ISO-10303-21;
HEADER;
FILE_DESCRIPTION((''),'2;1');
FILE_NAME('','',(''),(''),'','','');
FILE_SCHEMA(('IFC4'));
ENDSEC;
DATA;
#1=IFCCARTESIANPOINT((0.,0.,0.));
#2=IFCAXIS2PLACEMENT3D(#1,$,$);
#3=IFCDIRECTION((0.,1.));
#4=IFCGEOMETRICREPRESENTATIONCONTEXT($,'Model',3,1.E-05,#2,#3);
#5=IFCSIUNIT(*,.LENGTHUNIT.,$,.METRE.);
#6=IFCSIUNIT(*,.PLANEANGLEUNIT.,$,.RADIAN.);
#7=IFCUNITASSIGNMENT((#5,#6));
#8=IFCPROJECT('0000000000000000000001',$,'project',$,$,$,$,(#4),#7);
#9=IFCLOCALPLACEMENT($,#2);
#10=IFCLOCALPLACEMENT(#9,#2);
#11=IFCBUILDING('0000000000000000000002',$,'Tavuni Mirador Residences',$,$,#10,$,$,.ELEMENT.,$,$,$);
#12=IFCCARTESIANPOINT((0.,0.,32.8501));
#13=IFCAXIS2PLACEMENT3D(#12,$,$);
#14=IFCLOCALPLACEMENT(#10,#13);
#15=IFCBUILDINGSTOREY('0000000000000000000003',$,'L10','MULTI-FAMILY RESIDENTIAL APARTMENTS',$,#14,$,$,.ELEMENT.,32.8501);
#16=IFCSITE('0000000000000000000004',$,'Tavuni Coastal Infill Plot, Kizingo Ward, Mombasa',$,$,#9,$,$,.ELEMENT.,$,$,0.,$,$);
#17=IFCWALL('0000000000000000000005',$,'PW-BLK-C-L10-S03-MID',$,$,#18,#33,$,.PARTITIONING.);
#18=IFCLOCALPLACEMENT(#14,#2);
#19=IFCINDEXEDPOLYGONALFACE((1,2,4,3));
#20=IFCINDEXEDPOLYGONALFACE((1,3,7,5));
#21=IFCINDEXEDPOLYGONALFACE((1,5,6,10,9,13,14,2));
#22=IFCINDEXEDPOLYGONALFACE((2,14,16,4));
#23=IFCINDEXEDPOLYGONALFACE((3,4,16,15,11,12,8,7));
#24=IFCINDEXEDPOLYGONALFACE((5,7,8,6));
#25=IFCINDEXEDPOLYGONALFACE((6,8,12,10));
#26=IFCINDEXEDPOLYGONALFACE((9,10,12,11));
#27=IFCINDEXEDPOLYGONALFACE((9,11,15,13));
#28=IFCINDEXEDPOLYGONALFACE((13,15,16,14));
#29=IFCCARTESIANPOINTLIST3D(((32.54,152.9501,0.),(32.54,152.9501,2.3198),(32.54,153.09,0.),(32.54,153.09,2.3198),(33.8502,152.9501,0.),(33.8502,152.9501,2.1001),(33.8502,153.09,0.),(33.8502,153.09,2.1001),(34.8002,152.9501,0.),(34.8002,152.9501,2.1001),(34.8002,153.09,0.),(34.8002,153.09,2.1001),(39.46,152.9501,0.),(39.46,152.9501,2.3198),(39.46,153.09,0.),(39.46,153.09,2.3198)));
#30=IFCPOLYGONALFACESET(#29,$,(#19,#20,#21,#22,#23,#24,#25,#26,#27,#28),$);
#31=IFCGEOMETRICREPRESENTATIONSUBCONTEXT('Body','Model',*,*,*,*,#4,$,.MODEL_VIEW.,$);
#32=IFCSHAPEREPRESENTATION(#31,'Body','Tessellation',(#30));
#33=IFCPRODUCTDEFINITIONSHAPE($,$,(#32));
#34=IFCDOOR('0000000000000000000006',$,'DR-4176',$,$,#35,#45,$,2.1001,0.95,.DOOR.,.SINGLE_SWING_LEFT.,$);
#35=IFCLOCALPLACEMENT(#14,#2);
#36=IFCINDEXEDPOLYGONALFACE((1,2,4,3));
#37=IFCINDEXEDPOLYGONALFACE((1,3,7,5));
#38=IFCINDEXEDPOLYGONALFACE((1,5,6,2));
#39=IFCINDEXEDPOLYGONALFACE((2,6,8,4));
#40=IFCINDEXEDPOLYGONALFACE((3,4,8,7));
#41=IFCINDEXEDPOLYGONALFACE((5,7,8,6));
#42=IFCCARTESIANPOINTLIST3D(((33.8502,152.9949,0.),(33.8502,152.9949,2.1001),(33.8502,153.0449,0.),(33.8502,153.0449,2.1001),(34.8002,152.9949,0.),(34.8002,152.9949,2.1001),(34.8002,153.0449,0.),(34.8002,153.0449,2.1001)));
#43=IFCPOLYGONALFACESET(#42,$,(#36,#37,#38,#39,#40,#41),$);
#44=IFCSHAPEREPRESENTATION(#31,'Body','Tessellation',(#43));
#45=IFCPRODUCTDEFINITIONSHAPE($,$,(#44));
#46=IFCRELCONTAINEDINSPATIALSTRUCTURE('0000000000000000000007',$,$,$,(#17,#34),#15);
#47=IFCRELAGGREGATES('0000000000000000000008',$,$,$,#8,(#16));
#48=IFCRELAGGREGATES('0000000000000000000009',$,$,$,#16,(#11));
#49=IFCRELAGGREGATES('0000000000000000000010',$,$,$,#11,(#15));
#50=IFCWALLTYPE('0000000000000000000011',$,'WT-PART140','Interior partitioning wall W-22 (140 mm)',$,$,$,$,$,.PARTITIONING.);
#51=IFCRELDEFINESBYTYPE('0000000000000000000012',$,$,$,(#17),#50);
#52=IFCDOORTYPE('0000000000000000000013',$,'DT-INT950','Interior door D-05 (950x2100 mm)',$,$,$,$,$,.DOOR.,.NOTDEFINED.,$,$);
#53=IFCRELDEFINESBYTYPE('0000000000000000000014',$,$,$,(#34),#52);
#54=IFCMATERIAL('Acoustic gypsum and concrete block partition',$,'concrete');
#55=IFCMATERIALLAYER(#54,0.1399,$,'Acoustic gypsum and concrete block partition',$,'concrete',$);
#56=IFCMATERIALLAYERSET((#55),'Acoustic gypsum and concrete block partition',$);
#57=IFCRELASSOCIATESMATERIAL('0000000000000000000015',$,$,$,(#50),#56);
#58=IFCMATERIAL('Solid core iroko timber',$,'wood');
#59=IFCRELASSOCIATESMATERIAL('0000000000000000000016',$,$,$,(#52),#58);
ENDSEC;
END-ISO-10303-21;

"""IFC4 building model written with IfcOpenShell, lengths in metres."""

from ifc_helpers import new_model, si_unit, direction, frame, frame_2d, origin, place, context, subcontext, project, spatial, rectangle, extrude, material, layer, layer_set, type_object, element, fill, save


model = new_model("IFC4")

# Units and contexts
model_context = context("Model", 3, precision=1e-05, world=origin(), true_north=direction((0.0, 1.0)))
body_context = subcontext(model_context, "Body", "Model", "MODEL_VIEW")
ifc_project = project(units=[si_unit("LENGTHUNIT", "METRE"), si_unit("PLANEANGLEUNIT", "RADIAN")], contexts=[model_context])

# Site, building, storey
site_placement = place(None, origin())
site = spatial("IfcSite", under=ifc_project, at=site_placement, Name="Tavuni Coastal Infill Plot, Kizingo Ward, Mombasa", CompositionType="ELEMENT", RefElevation=0.0)
building_placement = place(site_placement, origin())
building = spatial("IfcBuilding", under=site, at=building_placement, Name="Tavuni Mirador Residences", CompositionType="ELEMENT")
storey_placement = place(building_placement, frame((0.0, 0.0, 32.8501)))
storey = spatial("IfcBuildingStorey", under=building, at=storey_placement, Name="L10", Description="MULTI-FAMILY RESIDENTIAL APARTMENTS", CompositionType="ELEMENT", Elevation=32.8501)

# Wall, opening, door
ifc_material_1 = material(Name="Solid core iroko timber", Category="wood")
ifc_material_2 = material(Name="Acoustic gypsum and concrete block partition", Category="concrete")
ifc_layer_1 = layer(ifc_material_2, 0.1399, Name="Acoustic gypsum and concrete block partition", Category="concrete")
ifc_layer_set_1 = layer_set([ifc_layer_1], Name="Acoustic gypsum and concrete block partition")
wall_type_1 = type_object("IfcWallType", Name="WT-PART140", Description="Interior partitioning wall W-22 (140 mm)", PredefinedType="PARTITIONING", material=ifc_layer_set_1)
wall_1_placement = place(storey_placement, frame((32.54, 153.02, 0.0), z_axis=(0.0, 0.0, 1.0), x_axis=(1.0, 0.0, 0.0)))
wall_1 = element("IfcWall", 1, at=wall_1_placement, inside=storey, type_object=wall_type_1, Name="PW-BLK-C-L10-S03-MID", PredefinedType="PARTITIONING", context=body_context, shape_type="SweptSolid", body=[
    extrude(rectangle(XDim=6.9199, YDim=0.1399, at=frame_2d((3.46, 0.0))), origin(), (0.0, 0.0, 1.0), 2.3198),
])
opening_1_placement = place(wall_1_placement, frame((1.3101, 0.0, 0.0)))
opening_1 = element("IfcOpeningElement", 2, at=opening_1_placement, cuts=wall_1, PredefinedType="OPENING", context=body_context, shape_type="SweptSolid", body=[
    extrude(rectangle(XDim=0.95, YDim=2.1001, at=frame_2d((0.4751, 1.05))), frame((0.0, 0.0801, 0.0), z_axis=(0.0, -1.0, 0.0), x_axis=(1.0, 0.0, 0.0)), (0.0, 0.0, 1.0), 0.1599),
])
door_type_1 = type_object("IfcDoorType", Name="DT-INT950", Description="Interior door D-05 (950x2100 mm)", OperationType="NOTDEFINED", PredefinedType="DOOR", material=ifc_material_1)
door_1_placement = place(opening_1_placement, origin())
door_1 = element("IfcDoor", 3, at=door_1_placement, inside=storey, type_object=door_type_1, Name="DR-4176", OperationType="SINGLE_SWING_LEFT", OverallHeight=2.1001, OverallWidth=0.95, PredefinedType="DOOR", context=body_context, shape_type="SweptSolid", body=[
    extrude(rectangle(XDim=0.95, YDim=2.1001, at=frame_2d((0.4751, 1.05))), frame((0.0, 0.0249, 0.0), z_axis=(0.0, -1.0, 0.0), x_axis=(1.0, 0.0, 0.0)), (0.0, 0.0, 1.0), 0.05),
])
fill(opening_1, door_1)

save(model, "model.ifc")
